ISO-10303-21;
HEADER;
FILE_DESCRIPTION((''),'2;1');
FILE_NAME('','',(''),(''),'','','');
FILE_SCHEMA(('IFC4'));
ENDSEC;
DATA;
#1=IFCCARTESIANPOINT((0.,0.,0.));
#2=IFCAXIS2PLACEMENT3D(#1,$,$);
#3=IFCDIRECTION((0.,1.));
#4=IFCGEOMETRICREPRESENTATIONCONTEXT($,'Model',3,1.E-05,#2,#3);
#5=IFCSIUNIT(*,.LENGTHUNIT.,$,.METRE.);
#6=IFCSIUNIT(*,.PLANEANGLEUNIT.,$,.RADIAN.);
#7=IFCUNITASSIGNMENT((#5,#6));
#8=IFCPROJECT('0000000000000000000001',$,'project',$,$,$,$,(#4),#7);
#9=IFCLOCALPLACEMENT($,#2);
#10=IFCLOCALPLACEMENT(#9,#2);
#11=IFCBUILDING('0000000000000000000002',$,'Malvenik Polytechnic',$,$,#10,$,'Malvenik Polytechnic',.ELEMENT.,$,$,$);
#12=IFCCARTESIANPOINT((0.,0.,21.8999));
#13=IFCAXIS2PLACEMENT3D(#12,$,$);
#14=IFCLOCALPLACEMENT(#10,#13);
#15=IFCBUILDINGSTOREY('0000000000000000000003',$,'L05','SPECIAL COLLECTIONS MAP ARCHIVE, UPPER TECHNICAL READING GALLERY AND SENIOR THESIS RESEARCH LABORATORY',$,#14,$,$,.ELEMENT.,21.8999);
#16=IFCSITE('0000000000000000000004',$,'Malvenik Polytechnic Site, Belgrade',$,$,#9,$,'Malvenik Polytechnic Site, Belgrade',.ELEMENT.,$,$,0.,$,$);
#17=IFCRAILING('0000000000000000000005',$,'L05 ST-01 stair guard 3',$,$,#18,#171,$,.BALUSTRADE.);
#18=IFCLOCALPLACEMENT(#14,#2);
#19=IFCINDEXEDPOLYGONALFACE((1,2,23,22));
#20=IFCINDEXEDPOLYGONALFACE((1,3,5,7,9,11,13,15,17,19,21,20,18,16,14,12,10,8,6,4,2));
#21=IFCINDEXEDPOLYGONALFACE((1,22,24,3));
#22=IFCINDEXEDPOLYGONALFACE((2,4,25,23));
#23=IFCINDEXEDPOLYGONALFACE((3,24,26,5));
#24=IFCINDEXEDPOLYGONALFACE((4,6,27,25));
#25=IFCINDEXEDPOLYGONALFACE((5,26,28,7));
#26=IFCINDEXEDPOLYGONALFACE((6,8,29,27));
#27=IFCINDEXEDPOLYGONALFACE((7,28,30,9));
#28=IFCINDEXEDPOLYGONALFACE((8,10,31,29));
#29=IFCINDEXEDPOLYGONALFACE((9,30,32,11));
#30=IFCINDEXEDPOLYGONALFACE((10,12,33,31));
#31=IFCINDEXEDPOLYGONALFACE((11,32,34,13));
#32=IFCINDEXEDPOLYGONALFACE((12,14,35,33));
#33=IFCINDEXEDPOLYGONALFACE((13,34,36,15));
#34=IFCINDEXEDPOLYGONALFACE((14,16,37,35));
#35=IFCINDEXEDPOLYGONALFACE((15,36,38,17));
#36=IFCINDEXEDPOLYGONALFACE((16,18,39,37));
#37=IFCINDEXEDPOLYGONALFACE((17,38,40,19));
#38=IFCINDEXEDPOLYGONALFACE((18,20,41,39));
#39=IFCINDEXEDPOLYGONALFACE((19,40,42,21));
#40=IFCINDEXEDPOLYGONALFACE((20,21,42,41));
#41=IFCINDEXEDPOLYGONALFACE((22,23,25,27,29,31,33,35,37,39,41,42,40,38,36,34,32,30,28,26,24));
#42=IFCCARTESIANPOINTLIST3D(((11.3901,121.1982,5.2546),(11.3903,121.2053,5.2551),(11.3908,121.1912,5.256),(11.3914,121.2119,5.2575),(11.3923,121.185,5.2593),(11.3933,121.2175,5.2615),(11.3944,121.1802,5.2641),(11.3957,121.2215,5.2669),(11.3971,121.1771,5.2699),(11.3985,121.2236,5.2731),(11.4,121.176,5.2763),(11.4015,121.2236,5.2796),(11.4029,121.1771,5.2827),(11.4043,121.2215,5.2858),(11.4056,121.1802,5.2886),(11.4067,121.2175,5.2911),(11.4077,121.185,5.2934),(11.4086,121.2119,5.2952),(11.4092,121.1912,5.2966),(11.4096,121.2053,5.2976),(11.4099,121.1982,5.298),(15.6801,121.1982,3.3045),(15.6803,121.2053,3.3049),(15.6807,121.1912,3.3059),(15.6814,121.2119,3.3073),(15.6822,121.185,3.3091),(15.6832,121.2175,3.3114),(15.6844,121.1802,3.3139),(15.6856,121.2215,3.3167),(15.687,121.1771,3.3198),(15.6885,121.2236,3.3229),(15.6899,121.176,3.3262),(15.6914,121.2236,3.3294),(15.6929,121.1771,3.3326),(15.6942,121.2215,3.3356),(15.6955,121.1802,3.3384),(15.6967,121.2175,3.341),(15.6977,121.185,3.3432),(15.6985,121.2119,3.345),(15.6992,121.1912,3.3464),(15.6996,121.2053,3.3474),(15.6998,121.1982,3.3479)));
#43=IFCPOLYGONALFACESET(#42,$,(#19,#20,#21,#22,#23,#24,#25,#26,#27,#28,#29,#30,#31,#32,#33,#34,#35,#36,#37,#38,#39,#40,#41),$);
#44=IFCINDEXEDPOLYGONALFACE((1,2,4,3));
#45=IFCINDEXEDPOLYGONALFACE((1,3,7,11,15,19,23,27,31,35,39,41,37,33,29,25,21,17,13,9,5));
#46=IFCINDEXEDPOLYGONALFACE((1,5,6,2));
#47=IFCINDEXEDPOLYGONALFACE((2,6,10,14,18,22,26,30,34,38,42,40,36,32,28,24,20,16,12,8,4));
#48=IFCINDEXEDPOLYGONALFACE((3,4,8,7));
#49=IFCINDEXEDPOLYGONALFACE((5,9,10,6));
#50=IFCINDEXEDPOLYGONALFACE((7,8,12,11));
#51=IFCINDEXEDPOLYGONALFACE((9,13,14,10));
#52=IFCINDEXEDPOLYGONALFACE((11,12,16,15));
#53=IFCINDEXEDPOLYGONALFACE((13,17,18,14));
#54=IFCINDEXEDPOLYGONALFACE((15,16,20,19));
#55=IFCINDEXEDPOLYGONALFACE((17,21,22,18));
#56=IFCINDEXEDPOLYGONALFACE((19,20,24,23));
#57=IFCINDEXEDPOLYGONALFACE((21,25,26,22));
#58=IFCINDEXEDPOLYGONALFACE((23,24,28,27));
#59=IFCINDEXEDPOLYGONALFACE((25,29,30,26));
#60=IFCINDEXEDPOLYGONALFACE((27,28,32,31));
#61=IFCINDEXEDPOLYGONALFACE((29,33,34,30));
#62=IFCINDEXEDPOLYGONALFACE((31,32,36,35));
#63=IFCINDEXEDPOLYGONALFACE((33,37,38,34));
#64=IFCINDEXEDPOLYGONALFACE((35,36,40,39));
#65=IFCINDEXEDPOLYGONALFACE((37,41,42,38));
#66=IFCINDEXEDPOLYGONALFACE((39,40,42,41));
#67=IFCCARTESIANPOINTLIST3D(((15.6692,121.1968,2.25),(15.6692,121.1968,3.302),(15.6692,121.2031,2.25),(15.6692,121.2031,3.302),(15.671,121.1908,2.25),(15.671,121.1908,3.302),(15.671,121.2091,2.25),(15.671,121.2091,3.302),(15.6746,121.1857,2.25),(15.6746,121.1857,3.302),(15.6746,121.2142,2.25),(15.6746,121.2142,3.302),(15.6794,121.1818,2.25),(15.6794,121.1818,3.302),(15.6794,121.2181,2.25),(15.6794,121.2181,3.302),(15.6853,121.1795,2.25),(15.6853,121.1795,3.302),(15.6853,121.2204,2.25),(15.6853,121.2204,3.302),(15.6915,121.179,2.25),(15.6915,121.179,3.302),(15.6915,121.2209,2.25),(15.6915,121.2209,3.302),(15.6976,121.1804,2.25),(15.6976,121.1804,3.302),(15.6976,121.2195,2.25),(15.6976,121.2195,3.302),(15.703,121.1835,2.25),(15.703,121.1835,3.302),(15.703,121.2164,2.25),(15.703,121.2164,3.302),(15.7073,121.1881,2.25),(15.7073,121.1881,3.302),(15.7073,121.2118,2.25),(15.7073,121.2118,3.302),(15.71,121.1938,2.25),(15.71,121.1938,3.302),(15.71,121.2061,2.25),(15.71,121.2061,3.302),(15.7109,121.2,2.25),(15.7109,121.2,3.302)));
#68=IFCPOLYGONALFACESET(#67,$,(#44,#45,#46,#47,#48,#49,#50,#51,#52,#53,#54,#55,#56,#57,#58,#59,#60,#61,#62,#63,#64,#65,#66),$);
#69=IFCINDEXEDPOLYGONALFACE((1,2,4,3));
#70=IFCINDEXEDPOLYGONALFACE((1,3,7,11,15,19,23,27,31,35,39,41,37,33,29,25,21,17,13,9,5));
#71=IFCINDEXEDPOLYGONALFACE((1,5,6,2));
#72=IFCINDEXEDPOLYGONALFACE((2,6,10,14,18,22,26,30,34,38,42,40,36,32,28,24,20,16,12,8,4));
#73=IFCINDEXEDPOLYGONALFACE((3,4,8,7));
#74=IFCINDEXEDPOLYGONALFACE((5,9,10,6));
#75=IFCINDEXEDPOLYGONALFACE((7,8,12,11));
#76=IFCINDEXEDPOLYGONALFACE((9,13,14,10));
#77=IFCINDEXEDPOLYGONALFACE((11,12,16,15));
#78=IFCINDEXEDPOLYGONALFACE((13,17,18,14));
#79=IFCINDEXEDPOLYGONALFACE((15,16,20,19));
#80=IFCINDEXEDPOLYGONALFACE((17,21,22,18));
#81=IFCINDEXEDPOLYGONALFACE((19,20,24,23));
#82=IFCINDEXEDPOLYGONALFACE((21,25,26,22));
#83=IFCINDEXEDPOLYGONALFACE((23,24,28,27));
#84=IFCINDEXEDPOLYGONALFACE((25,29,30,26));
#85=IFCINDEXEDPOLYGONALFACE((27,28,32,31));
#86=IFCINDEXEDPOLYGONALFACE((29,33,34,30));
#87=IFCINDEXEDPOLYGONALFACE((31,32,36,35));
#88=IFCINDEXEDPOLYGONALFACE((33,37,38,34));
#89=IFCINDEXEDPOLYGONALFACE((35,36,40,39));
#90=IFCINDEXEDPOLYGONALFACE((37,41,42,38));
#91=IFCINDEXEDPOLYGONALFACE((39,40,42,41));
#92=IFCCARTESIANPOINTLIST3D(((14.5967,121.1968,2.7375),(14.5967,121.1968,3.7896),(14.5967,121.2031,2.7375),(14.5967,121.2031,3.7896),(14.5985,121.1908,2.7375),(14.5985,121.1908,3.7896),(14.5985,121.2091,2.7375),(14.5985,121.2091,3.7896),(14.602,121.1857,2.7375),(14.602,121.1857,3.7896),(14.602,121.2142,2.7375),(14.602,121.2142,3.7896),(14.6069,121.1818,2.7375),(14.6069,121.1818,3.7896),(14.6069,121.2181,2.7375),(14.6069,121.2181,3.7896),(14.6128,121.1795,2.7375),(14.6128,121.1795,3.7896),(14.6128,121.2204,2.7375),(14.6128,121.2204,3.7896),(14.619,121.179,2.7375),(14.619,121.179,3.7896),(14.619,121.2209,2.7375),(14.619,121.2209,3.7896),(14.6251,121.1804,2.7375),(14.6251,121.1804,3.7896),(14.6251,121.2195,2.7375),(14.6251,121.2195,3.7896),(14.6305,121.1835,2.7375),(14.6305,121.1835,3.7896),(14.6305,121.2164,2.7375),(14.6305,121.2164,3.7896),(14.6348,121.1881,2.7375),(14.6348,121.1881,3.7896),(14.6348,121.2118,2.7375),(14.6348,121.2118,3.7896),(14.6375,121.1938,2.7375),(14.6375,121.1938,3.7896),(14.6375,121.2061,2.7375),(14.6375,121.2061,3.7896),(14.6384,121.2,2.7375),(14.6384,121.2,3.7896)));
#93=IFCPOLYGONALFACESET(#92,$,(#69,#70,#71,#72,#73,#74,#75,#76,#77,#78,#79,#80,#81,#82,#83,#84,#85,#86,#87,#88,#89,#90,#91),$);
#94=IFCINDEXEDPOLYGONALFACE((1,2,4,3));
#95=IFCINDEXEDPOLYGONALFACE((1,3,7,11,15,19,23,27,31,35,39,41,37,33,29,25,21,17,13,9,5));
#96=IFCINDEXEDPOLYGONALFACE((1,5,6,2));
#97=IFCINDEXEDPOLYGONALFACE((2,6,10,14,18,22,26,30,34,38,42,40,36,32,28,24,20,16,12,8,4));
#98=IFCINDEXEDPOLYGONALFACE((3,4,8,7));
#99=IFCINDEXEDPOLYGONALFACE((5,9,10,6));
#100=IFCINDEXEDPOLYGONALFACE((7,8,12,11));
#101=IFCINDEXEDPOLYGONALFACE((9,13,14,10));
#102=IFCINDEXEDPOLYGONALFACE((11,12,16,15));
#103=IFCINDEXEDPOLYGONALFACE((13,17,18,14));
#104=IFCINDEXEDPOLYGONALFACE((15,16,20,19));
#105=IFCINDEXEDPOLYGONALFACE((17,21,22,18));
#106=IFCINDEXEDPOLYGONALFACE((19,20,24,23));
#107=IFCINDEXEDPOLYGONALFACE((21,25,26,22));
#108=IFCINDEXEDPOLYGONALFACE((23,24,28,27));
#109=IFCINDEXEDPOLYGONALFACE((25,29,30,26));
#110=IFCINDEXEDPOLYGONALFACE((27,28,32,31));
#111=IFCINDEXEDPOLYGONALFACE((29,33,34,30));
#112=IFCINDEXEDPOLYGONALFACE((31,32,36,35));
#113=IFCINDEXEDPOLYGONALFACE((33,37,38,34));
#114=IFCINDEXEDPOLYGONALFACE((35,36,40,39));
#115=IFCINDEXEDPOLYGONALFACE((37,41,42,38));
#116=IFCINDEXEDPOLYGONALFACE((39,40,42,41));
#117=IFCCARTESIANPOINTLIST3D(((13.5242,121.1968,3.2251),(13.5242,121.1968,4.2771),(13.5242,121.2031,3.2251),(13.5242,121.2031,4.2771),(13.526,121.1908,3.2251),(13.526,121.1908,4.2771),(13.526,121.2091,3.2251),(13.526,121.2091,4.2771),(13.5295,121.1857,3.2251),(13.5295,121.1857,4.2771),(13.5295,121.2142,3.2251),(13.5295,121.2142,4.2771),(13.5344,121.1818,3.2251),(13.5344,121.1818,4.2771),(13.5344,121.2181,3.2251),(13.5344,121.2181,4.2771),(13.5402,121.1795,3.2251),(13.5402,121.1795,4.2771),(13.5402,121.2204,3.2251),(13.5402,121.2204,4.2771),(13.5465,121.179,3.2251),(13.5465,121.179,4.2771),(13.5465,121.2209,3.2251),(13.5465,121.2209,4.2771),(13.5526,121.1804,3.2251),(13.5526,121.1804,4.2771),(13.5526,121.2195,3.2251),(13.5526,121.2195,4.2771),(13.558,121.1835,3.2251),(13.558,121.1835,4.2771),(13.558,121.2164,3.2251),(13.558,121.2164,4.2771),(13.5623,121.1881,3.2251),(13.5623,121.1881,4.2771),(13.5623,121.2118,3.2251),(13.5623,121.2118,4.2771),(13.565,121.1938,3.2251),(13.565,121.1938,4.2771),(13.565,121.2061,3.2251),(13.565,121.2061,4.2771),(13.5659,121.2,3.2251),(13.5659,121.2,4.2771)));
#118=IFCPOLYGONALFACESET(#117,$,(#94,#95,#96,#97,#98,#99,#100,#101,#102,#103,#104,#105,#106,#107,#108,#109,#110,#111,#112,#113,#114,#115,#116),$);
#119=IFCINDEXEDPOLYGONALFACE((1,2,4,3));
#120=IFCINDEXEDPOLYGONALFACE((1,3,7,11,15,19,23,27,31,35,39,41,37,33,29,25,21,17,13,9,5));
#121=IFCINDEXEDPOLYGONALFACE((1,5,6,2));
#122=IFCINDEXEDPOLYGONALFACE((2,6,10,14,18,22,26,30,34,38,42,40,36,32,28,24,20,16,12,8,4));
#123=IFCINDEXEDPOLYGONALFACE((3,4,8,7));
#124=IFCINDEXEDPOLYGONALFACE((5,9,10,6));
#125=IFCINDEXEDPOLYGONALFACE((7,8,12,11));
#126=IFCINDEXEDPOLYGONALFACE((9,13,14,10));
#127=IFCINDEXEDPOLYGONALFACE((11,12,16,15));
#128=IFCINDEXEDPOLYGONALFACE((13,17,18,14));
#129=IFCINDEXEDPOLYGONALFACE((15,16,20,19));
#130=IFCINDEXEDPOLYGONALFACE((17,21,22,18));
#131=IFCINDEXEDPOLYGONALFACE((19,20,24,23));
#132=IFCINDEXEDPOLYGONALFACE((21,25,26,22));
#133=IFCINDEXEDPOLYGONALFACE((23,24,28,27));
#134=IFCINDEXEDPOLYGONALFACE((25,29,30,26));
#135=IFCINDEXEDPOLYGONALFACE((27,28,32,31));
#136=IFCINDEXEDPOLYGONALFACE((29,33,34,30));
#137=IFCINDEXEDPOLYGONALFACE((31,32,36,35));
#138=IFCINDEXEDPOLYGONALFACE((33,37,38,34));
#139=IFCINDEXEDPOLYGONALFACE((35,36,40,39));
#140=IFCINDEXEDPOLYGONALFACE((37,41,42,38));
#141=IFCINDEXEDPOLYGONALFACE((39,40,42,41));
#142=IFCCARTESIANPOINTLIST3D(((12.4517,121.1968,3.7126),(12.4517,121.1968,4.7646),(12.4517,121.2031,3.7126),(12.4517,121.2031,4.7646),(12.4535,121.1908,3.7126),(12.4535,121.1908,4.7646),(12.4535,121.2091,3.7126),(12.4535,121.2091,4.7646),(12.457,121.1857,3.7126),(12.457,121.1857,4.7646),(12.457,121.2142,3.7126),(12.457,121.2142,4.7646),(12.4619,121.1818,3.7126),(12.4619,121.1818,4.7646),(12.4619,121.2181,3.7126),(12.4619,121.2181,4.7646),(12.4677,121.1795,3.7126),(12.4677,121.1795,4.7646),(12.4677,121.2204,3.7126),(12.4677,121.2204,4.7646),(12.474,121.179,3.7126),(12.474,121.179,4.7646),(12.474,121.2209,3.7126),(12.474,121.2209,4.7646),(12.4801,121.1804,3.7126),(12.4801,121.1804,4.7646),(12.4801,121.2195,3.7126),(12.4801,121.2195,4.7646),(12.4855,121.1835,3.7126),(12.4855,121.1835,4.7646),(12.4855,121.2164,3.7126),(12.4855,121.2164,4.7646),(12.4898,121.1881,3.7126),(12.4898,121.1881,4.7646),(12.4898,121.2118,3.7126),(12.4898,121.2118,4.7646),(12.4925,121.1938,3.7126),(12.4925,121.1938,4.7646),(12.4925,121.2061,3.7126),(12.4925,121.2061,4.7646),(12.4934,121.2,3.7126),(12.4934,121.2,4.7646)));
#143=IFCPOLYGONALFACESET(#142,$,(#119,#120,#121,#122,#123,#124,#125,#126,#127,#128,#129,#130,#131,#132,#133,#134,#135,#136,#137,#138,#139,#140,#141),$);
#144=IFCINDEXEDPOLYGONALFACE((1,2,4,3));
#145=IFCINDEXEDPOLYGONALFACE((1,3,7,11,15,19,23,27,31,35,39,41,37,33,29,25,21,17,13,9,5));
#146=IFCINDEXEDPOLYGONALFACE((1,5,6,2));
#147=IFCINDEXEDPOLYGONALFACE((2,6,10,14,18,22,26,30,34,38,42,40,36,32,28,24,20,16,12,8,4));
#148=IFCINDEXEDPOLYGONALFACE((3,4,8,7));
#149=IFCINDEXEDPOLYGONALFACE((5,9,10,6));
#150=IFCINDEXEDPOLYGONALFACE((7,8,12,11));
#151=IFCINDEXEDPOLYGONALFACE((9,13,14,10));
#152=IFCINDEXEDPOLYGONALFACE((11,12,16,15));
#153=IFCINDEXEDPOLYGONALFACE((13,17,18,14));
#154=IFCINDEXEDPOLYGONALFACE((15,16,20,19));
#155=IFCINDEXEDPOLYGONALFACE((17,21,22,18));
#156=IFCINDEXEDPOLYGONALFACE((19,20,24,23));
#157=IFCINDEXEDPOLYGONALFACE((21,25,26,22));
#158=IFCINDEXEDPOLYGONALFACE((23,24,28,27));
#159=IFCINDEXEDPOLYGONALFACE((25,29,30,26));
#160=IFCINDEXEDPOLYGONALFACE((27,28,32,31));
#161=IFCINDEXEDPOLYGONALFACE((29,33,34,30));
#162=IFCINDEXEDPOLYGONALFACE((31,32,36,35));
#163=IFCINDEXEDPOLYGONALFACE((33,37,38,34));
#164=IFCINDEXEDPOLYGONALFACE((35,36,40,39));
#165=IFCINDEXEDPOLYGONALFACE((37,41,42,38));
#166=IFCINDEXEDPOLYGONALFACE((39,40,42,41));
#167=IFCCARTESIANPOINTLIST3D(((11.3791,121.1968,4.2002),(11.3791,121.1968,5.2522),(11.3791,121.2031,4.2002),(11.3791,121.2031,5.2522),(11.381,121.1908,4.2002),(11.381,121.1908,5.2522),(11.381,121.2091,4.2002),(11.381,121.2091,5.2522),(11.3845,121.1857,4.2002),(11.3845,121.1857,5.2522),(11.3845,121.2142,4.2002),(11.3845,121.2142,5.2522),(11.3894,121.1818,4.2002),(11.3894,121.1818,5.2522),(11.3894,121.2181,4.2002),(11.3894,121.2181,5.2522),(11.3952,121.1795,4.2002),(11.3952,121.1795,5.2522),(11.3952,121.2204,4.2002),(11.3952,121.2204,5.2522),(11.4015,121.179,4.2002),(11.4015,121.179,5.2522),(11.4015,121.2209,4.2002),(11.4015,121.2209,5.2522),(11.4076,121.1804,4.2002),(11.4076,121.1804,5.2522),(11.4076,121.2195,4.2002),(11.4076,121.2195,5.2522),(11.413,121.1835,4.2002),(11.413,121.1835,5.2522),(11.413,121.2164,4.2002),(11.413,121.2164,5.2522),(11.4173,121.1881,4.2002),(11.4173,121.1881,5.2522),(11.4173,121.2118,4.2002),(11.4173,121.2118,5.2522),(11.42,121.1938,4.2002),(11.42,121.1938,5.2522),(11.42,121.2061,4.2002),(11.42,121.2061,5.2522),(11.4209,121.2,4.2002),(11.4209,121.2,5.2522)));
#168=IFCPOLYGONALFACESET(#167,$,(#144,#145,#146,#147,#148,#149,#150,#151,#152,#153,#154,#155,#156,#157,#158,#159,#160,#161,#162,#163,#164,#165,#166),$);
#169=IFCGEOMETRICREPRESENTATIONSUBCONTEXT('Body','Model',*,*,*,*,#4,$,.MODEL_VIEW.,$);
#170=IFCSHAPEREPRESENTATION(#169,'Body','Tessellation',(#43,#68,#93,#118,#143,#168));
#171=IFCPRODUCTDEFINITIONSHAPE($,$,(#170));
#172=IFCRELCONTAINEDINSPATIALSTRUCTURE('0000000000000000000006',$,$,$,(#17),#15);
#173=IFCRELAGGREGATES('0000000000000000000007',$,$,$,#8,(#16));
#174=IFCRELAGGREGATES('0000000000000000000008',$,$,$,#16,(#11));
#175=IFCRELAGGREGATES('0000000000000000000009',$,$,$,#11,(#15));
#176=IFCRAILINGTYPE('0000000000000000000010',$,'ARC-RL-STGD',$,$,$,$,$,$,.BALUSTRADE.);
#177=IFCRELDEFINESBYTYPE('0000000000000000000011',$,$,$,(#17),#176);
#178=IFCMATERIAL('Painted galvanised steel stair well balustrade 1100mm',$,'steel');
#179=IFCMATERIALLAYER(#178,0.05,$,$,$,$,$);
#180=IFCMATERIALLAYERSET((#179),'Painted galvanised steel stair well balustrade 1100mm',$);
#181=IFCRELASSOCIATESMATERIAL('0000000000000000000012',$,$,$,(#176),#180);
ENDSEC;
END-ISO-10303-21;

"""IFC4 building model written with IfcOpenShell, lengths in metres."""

from ifc_helpers import new_model, si_unit, direction, frame, origin, origin_2d, place, context, subcontext, project, spatial, circle, extrude, material, layer, layer_set, type_object, element, save


model = new_model("IFC4")

# Units and contexts
model_context = context("Model", 3, precision=1e-05, world=origin(), true_north=direction((0.0, 1.0)))
body_context = subcontext(model_context, "Body", "Model", "MODEL_VIEW")
ifc_project = project(units=[si_unit("LENGTHUNIT", "METRE"), si_unit("PLANEANGLEUNIT", "RADIAN")], contexts=[model_context])

# Site, building, storey
site_placement = place(None, origin())
site = spatial("IfcSite", under=ifc_project, at=site_placement, Name="Malvenik Polytechnic Site, Belgrade", LongName="Malvenik Polytechnic Site, Belgrade", CompositionType="ELEMENT", RefElevation=0.0)
building_placement = place(site_placement, origin())
building = spatial("IfcBuilding", under=site, at=building_placement, Name="Malvenik Polytechnic", LongName="Malvenik Polytechnic", CompositionType="ELEMENT")
storey_placement = place(building_placement, frame((0.0, 0.0, 21.8999)))
storey = spatial("IfcBuildingStorey", under=building, at=storey_placement, Name="L05", Description="SPECIAL COLLECTIONS MAP ARCHIVE, UPPER TECHNICAL READING GALLERY AND SENIOR THESIS RESEARCH LABORATORY", CompositionType="ELEMENT", Elevation=21.8999)

# Railing
ifc_material_1 = material(Name="Painted galvanised steel stair well balustrade 1100mm", Category="steel")
ifc_layer_1 = layer(ifc_material_1, 0.05)
ifc_layer_set_1 = layer_set([ifc_layer_1], Name="Painted galvanised steel stair well balustrade 1100mm")
railing_type_1 = type_object("IfcRailingType", Name="ARC-RL-STGD", PredefinedType="BALUSTRADE", material=ifc_layer_set_1)
railing_1_placement = place(storey_placement, frame((15.6899, 121.2, 2.25)))
element("IfcRailing", 1, at=railing_1_placement, inside=storey, type_object=railing_type_1, Name="L05 ST-01 stair guard 3", PredefinedType="BALUSTRADE", context=body_context, shape_type="SweptSolid", body=[
    extrude(circle(Radius=0.0239, at=origin_2d()), frame((0.0, 0.0, 1.0762), z_axis=(-0.910352, 0.0, 0.413834), x_axis=(0.0, -1.0, 0.0)), (0.0, 0.0, 1.0), 4.7124),
    extrude(circle(Radius=0.021, at=origin_2d()), origin(), (0.0, 0.0, 1.0), 1.052),
    extrude(circle(Radius=0.021, at=origin_2d()), frame((-1.0725, 0.0, 0.4875)), (0.0, 0.0, 1.0), 1.052),
    extrude(circle(Radius=0.021, at=origin_2d()), frame((-2.145, 0.0, 0.9751)), (0.0, 0.0, 1.0), 1.052),
    extrude(circle(Radius=0.021, at=origin_2d()), frame((-3.2175, 0.0, 1.4626)), (0.0, 0.0, 1.0), 1.052),
    extrude(circle(Radius=0.021, at=origin_2d()), frame((-4.29, 0.0, 1.9502)), (0.0, 0.0, 1.0), 1.052),
])

save(model, "model.ifc")
